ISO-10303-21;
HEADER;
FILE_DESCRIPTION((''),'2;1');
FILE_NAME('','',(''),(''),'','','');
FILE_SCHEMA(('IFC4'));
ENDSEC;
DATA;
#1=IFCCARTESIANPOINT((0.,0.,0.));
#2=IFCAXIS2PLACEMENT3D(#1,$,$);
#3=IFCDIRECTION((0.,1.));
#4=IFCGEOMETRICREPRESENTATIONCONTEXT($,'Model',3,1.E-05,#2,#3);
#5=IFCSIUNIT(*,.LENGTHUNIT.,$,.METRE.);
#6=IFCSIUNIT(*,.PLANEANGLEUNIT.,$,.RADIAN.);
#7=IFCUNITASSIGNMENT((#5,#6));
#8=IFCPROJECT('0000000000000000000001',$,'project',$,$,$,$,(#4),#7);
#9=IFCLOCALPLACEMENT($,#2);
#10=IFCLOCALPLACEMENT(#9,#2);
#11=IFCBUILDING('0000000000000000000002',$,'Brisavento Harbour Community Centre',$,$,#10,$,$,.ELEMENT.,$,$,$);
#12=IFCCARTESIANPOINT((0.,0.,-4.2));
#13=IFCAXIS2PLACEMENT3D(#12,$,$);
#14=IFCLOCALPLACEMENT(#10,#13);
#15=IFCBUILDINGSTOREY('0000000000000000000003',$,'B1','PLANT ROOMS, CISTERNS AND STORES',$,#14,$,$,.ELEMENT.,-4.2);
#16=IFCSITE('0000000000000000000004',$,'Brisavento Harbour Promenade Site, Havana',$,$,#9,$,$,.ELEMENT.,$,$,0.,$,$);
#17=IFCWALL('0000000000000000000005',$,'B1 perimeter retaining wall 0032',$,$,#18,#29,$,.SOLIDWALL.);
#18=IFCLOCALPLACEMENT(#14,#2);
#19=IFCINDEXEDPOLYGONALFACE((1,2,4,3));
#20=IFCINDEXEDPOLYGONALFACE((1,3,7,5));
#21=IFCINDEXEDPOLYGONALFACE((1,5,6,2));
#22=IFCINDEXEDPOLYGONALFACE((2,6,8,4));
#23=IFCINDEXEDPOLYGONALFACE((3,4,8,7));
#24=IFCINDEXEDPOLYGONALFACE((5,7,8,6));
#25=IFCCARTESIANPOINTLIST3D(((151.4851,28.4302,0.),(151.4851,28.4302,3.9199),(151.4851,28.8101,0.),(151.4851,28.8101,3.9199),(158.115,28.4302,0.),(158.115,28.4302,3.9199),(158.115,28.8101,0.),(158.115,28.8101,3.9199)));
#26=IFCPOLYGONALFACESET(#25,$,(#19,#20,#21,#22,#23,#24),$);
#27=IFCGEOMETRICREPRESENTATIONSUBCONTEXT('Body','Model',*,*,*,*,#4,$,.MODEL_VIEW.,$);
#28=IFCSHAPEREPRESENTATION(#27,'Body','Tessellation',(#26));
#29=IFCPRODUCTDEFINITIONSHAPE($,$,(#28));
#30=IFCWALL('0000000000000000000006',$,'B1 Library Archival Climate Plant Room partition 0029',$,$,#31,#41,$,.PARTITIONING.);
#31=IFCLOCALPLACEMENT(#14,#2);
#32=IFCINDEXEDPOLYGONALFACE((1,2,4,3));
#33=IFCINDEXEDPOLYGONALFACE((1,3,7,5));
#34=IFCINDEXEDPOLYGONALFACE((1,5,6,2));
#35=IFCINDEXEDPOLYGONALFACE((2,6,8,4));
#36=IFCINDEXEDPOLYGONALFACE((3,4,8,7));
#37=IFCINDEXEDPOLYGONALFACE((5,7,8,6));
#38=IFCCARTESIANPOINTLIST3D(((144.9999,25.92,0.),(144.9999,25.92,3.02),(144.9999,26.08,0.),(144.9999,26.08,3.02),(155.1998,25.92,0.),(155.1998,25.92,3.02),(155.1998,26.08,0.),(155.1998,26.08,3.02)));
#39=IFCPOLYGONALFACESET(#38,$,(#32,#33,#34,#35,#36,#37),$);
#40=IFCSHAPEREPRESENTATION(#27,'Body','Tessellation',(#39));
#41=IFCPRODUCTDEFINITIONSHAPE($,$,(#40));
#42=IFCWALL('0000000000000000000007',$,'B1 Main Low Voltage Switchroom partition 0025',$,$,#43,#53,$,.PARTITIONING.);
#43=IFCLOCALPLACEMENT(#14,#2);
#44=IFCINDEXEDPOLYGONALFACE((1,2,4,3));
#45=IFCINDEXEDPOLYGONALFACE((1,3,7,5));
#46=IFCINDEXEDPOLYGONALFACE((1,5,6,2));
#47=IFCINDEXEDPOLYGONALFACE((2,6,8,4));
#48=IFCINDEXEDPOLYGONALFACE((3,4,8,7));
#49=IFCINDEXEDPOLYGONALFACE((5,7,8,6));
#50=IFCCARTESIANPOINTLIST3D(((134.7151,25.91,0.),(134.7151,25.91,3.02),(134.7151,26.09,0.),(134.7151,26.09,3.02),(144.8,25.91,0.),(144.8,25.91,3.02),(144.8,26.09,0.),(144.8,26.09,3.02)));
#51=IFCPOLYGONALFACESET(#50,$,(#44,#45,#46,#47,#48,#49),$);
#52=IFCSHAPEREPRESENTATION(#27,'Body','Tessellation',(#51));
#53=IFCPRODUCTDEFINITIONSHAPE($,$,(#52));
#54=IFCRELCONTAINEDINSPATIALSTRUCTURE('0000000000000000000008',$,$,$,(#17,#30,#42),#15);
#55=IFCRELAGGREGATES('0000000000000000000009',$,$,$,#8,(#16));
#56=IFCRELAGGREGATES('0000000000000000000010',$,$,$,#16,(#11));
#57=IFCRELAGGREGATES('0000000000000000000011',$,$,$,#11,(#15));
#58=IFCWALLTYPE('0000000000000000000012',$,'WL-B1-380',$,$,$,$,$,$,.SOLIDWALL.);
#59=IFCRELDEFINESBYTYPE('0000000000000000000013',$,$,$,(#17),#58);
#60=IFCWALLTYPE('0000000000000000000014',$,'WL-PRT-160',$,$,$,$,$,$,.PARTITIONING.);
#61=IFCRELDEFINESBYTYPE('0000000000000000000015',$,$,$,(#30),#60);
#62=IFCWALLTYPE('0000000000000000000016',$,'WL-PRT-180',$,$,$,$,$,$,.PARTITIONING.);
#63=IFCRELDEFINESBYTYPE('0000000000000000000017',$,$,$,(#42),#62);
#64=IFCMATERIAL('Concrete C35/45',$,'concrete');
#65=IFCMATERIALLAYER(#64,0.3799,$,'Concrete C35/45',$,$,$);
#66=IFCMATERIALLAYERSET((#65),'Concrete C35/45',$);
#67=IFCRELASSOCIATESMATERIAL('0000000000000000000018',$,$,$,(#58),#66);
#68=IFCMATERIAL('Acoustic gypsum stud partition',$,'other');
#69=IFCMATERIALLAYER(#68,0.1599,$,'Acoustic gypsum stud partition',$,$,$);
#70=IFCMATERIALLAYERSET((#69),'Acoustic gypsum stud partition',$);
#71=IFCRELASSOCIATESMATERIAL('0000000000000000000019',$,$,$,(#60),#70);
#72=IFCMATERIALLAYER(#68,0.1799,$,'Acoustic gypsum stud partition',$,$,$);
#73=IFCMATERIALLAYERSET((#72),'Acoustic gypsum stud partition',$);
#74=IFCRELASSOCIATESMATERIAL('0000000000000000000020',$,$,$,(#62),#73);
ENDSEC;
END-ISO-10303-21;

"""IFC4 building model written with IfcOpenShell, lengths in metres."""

from ifc_helpers import new_model, si_unit, direction, frame, frame_2d, origin, place, context, subcontext, project, spatial, rectangle, extrude, material, layer, layer_set, type_object, element, save


model = new_model("IFC4")

# Units and contexts
model_context = context("Model", 3, precision=1e-05, world=origin(), true_north=direction((0.0, 1.0)))
body_context = subcontext(model_context, "Body", "Model", "MODEL_VIEW")
ifc_project = project(units=[si_unit("LENGTHUNIT", "METRE"), si_unit("PLANEANGLEUNIT", "RADIAN")], contexts=[model_context])

# Site, building, storey
site_placement = place(None, origin())
site = spatial("IfcSite", under=ifc_project, at=site_placement, Name="Brisavento Harbour Promenade Site, Havana", CompositionType="ELEMENT", RefElevation=0.0)
building_placement = place(site_placement, origin())
building = spatial("IfcBuilding", under=site, at=building_placement, Name="Brisavento Harbour Community Centre", CompositionType="ELEMENT")
storey_placement = place(building_placement, frame((0.0, 0.0, -4.2)))
storey = spatial("IfcBuildingStorey", under=building, at=storey_placement, Name="B1", Description="PLANT ROOMS, CISTERNS AND STORES", CompositionType="ELEMENT", Elevation=-4.2)

# Shared definitions
ifc_material_1 = material(Name="Concrete C35/45", Category="concrete")

# Walls
ifc_layer_1 = layer(ifc_material_1, 0.3799, Name="Concrete C35/45")
ifc_layer_set_1 = layer_set([ifc_layer_1], Name="Concrete C35/45")
wall_type_1 = type_object("IfcWallType", Name="WL-B1-380", PredefinedType="SOLIDWALL", material=ifc_layer_set_1)
wall_1_placement = place(storey_placement, frame((151.4851, 28.6201, 0.0), z_axis=(0.0, 0.0, 1.0), x_axis=(1.0, 0.0, 0.0)))
element("IfcWall", 1, at=wall_1_placement, inside=storey, type_object=wall_type_1, Name="B1 perimeter retaining wall 0032", PredefinedType="SOLIDWALL", context=body_context, shape_type="SweptSolid", body=[
    extrude(rectangle(XDim=6.6299, YDim=0.3799, at=frame_2d((3.3149, 0.0))), origin(), (0.0, 0.0, 1.0), 3.9199),
])
ifc_material_2 = material(Name="Acoustic gypsum stud partition", Category="other")
ifc_layer_2 = layer(ifc_material_2, 0.1599, Name="Acoustic gypsum stud partition")
ifc_layer_set_2 = layer_set([ifc_layer_2], Name="Acoustic gypsum stud partition")
wall_type_2 = type_object("IfcWallType", Name="WL-PRT-160", PredefinedType="PARTITIONING", material=ifc_layer_set_2)
wall_2_placement = place(storey_placement, frame((155.2, 26.0, 0.0), z_axis=(0.0, 0.0, 1.0), x_axis=(-1.0, 0.0, 0.0)))
element("IfcWall", 2, at=wall_2_placement, inside=storey, type_object=wall_type_2, Name="B1 Library Archival Climate Plant Room partition 0029", PredefinedType="PARTITIONING", context=body_context, shape_type="SweptSolid", body=[
    extrude(rectangle(XDim=10.2, YDim=0.1599, at=frame_2d((5.1001, 0.0))), origin(), (0.0, 0.0, 1.0), 3.02),
])
ifc_layer_3 = layer(ifc_material_2, 0.1799, Name="Acoustic gypsum stud partition")
ifc_layer_set_3 = layer_set([ifc_layer_3], Name="Acoustic gypsum stud partition")
wall_type_3 = type_object("IfcWallType", Name="WL-PRT-180", PredefinedType="PARTITIONING", material=ifc_layer_set_3)
wall_3_placement = place(storey_placement, frame((144.8, 26.0, 0.0), z_axis=(0.0, 0.0, 1.0), x_axis=(-1.0, 0.0, 0.0)))
element("IfcWall", 3, at=wall_3_placement, inside=storey, type_object=wall_type_3, Name="B1 Main Low Voltage Switchroom partition 0025", PredefinedType="PARTITIONING", context=body_context, shape_type="SweptSolid", body=[
    extrude(rectangle(XDim=10.085, YDim=0.1799, at=frame_2d((5.0425, 0.0))), origin(), (0.0, 0.0, 1.0), 3.02),
])

save(model, "model.ifc")
